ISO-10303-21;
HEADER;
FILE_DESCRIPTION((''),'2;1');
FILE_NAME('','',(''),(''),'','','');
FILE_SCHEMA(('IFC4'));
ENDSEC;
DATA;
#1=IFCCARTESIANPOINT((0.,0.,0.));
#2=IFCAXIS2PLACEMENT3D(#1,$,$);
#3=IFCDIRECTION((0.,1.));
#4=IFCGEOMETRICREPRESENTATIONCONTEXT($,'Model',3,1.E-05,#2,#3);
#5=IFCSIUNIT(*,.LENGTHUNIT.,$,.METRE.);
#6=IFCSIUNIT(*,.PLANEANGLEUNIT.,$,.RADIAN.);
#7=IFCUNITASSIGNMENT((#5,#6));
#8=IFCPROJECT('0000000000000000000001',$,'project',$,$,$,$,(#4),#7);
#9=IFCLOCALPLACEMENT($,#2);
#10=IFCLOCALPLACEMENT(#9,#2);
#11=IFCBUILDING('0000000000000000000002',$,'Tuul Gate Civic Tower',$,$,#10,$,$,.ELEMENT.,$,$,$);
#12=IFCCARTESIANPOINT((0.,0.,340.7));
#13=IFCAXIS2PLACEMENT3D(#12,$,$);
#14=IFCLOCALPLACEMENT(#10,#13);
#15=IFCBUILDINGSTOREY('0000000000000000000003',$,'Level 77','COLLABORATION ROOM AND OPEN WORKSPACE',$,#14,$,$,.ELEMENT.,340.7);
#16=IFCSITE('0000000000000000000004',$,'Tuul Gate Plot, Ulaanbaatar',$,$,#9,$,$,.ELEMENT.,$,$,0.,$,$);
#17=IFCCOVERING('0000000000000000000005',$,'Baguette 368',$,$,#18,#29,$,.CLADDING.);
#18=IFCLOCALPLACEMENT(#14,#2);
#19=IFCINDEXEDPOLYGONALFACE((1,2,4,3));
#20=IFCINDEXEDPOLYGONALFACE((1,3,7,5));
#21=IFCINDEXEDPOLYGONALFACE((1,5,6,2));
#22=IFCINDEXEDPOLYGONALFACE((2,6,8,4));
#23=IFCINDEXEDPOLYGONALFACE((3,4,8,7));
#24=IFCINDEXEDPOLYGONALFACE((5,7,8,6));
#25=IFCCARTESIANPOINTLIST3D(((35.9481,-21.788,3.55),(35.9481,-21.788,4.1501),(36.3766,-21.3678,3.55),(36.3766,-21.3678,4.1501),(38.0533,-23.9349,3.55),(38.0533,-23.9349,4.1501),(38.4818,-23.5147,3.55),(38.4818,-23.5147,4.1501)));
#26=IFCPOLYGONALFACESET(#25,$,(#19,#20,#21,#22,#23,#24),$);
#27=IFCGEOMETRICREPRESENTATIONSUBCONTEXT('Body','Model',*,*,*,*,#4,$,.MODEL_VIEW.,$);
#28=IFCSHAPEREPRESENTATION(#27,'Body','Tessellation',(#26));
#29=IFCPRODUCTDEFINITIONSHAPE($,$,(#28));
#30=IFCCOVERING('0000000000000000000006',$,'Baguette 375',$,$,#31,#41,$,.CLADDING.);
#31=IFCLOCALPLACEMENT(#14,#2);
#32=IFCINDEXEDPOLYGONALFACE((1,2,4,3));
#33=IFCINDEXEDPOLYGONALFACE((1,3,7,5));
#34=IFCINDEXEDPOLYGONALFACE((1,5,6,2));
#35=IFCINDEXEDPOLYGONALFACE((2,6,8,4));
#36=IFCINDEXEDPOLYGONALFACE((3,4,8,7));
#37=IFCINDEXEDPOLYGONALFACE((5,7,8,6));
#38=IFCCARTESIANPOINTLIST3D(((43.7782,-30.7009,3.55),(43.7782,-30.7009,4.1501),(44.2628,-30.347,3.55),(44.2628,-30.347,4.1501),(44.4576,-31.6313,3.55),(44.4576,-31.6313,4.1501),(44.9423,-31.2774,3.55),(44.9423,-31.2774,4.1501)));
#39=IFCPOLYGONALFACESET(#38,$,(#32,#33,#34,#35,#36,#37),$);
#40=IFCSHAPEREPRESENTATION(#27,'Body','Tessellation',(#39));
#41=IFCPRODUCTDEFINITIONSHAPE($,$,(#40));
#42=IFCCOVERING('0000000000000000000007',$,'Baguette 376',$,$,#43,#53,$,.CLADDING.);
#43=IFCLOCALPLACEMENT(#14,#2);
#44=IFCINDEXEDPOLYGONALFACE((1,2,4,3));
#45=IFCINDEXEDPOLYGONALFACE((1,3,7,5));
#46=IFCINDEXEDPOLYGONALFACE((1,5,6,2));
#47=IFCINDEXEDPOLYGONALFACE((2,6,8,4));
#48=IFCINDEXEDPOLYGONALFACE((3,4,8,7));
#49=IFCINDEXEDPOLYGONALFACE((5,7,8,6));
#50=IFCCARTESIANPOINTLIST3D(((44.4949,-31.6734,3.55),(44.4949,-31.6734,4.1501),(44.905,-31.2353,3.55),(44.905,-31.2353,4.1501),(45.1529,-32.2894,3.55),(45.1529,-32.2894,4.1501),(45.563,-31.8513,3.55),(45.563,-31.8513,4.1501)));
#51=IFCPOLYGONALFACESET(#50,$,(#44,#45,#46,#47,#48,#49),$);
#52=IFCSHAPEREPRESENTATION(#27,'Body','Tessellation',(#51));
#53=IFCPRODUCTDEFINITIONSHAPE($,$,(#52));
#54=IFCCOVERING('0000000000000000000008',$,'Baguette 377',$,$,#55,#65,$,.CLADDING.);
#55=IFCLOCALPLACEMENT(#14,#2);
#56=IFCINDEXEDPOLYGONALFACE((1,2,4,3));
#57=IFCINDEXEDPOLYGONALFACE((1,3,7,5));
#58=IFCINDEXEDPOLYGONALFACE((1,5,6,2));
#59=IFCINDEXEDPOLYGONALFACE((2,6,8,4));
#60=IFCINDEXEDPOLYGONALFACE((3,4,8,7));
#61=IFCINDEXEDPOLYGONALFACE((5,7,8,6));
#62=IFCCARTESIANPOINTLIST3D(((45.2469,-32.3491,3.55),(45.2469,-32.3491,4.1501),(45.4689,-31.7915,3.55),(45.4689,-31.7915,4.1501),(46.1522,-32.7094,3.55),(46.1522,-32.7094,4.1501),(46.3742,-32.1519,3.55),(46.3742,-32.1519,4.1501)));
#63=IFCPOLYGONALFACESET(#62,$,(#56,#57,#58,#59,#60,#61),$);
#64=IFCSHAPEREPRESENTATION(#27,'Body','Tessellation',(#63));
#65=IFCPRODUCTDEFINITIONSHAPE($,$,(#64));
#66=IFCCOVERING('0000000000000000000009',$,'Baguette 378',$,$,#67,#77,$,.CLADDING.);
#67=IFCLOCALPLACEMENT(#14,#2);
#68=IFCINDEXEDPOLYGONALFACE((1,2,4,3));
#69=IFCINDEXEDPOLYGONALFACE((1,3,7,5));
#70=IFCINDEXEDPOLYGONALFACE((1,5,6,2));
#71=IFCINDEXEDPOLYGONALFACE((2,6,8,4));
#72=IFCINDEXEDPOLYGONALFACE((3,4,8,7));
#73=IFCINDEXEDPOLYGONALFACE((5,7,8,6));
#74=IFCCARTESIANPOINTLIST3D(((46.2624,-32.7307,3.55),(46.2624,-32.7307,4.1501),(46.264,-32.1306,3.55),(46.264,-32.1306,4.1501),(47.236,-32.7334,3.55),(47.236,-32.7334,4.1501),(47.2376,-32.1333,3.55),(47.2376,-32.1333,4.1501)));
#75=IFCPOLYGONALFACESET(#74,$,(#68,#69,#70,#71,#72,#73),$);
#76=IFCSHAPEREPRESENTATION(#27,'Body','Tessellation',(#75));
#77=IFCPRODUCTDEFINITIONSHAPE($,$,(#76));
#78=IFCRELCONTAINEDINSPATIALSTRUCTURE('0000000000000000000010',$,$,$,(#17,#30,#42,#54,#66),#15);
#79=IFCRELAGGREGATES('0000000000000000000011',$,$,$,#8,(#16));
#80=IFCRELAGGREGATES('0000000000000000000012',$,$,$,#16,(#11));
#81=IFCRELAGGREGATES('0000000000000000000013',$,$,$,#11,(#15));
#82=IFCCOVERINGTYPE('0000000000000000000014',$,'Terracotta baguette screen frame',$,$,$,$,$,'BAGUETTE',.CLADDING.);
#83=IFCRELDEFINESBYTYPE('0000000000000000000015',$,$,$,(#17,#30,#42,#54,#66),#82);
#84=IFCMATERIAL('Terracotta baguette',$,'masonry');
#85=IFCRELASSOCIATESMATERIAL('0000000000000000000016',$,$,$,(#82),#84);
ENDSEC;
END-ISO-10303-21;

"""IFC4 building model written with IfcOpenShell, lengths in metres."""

from ifc_helpers import new_model, si_unit, direction, frame, origin, origin_2d, place, context, subcontext, project, spatial, rectangle, extrude, material, material_profile, profile_set, type_object, element, save


model = new_model("IFC4")

# Units and contexts
model_context = context("Model", 3, precision=1e-05, world=origin(), true_north=direction((0.0, 1.0)))
body_context = subcontext(model_context, "Body", "Model", "MODEL_VIEW")
ifc_project = project(units=[si_unit("LENGTHUNIT", "METRE"), si_unit("PLANEANGLEUNIT", "RADIAN")], contexts=[model_context])

# Site, building, storey
site_placement = place(None, origin())
site = spatial("IfcSite", under=ifc_project, at=site_placement, Name="Tuul Gate Plot, Ulaanbaatar", CompositionType="ELEMENT", RefElevation=0.0)
building_placement = place(site_placement, origin())
building = spatial("IfcBuilding", under=site, at=building_placement, Name="Tuul Gate Civic Tower", CompositionType="ELEMENT")
storey_placement = place(building_placement, frame((0.0, 0.0, 340.7)))
storey = spatial("IfcBuildingStorey", under=building, at=storey_placement, Name="Level 77", Description="COLLABORATION ROOM AND OPEN WORKSPACE", CompositionType="ELEMENT", Elevation=340.7)

# Coverings
ifc_material_1 = material(Name="Terracotta baguette", Category="masonry")
ifc_material_profile_1 = material_profile(ifc_material_1, rectangle(XDim=0.6001, YDim=0.6001, at=origin_2d()), Name="Terracotta baguette screen frame")
ifc_profile_set_1 = profile_set([ifc_material_profile_1], Name="Terracotta baguette")
covering_type = type_object("IfcCoveringType", Name="Terracotta baguette screen frame", ElementType="BAGUETTE", PredefinedType="CLADDING", material=ifc_profile_set_1)
covering_1_placement = place(storey_placement, frame((36.1624, -21.5779, 3.8501), z_axis=(0.700131, -0.714015, 0.0), x_axis=(0.714015, 0.700131, 0.0)))
element("IfcCovering", 1, at=covering_1_placement, inside=storey, type_object=covering_type, Name="Baguette 368", PredefinedType="CLADDING", context=body_context, shape_type="SweptSolid", body=[
    extrude(rectangle(XDim=0.6001, YDim=0.6001, at=origin_2d()), origin(), (0.0, 0.0, 1.0), 3.0068),
])
covering_2_placement = place(storey_placement, frame((44.0205, -30.5239, 3.8501), z_axis=(0.589746, -0.807589, 0.0), x_axis=(0.807589, 0.589746, 0.0)))
element("IfcCovering", 2, at=covering_2_placement, inside=storey, type_object=covering_type, Name="Baguette 375", PredefinedType="CLADDING", context=body_context, shape_type="SweptSolid", body=[
    extrude(rectangle(XDim=0.6001, YDim=0.6001, at=origin_2d()), origin(), (0.0, 0.0, 1.0), 1.1521),
])
covering_3_placement = place(storey_placement, frame((44.7, -31.4543, 3.8501), z_axis=(0.730019, -0.683427, 0.0), x_axis=(0.683427, 0.730019, 0.0)))
element("IfcCovering", 3, at=covering_3_placement, inside=storey, type_object=covering_type, Name="Baguette 376", PredefinedType="CLADDING", context=body_context, shape_type="SweptSolid", body=[
    extrude(rectangle(XDim=0.6001, YDim=0.6001, at=origin_2d()), origin(), (0.0, 0.0, 1.0), 0.9014),
])
covering_4_placement = place(storey_placement, frame((45.3579, -32.0703, 3.8501), z_axis=(0.929097, -0.369835, 0.0), x_axis=(0.369835, 0.929097, 0.0)))
element("IfcCovering", 4, at=covering_4_placement, inside=storey, type_object=covering_type, Name="Baguette 377", PredefinedType="CLADDING", context=body_context, shape_type="SweptSolid", body=[
    extrude(rectangle(XDim=0.6001, YDim=0.6001, at=origin_2d()), origin(), (0.0, 0.0, 1.0), 0.9744),
])
covering_5_placement = place(storey_placement, frame((46.2632, -32.4307, 3.8501), z_axis=(0.999996, -0.002758, 0.0), x_axis=(0.002758, 0.999996, 0.0)))
element("IfcCovering", 5, at=covering_5_placement, inside=storey, type_object=covering_type, Name="Baguette 378", PredefinedType="CLADDING", context=body_context, shape_type="SweptSolid", body=[
    extrude(rectangle(XDim=0.6001, YDim=0.6001, at=origin_2d()), origin(), (0.0, 0.0, 1.0), 0.9736),
])

save(model, "model.ifc")
